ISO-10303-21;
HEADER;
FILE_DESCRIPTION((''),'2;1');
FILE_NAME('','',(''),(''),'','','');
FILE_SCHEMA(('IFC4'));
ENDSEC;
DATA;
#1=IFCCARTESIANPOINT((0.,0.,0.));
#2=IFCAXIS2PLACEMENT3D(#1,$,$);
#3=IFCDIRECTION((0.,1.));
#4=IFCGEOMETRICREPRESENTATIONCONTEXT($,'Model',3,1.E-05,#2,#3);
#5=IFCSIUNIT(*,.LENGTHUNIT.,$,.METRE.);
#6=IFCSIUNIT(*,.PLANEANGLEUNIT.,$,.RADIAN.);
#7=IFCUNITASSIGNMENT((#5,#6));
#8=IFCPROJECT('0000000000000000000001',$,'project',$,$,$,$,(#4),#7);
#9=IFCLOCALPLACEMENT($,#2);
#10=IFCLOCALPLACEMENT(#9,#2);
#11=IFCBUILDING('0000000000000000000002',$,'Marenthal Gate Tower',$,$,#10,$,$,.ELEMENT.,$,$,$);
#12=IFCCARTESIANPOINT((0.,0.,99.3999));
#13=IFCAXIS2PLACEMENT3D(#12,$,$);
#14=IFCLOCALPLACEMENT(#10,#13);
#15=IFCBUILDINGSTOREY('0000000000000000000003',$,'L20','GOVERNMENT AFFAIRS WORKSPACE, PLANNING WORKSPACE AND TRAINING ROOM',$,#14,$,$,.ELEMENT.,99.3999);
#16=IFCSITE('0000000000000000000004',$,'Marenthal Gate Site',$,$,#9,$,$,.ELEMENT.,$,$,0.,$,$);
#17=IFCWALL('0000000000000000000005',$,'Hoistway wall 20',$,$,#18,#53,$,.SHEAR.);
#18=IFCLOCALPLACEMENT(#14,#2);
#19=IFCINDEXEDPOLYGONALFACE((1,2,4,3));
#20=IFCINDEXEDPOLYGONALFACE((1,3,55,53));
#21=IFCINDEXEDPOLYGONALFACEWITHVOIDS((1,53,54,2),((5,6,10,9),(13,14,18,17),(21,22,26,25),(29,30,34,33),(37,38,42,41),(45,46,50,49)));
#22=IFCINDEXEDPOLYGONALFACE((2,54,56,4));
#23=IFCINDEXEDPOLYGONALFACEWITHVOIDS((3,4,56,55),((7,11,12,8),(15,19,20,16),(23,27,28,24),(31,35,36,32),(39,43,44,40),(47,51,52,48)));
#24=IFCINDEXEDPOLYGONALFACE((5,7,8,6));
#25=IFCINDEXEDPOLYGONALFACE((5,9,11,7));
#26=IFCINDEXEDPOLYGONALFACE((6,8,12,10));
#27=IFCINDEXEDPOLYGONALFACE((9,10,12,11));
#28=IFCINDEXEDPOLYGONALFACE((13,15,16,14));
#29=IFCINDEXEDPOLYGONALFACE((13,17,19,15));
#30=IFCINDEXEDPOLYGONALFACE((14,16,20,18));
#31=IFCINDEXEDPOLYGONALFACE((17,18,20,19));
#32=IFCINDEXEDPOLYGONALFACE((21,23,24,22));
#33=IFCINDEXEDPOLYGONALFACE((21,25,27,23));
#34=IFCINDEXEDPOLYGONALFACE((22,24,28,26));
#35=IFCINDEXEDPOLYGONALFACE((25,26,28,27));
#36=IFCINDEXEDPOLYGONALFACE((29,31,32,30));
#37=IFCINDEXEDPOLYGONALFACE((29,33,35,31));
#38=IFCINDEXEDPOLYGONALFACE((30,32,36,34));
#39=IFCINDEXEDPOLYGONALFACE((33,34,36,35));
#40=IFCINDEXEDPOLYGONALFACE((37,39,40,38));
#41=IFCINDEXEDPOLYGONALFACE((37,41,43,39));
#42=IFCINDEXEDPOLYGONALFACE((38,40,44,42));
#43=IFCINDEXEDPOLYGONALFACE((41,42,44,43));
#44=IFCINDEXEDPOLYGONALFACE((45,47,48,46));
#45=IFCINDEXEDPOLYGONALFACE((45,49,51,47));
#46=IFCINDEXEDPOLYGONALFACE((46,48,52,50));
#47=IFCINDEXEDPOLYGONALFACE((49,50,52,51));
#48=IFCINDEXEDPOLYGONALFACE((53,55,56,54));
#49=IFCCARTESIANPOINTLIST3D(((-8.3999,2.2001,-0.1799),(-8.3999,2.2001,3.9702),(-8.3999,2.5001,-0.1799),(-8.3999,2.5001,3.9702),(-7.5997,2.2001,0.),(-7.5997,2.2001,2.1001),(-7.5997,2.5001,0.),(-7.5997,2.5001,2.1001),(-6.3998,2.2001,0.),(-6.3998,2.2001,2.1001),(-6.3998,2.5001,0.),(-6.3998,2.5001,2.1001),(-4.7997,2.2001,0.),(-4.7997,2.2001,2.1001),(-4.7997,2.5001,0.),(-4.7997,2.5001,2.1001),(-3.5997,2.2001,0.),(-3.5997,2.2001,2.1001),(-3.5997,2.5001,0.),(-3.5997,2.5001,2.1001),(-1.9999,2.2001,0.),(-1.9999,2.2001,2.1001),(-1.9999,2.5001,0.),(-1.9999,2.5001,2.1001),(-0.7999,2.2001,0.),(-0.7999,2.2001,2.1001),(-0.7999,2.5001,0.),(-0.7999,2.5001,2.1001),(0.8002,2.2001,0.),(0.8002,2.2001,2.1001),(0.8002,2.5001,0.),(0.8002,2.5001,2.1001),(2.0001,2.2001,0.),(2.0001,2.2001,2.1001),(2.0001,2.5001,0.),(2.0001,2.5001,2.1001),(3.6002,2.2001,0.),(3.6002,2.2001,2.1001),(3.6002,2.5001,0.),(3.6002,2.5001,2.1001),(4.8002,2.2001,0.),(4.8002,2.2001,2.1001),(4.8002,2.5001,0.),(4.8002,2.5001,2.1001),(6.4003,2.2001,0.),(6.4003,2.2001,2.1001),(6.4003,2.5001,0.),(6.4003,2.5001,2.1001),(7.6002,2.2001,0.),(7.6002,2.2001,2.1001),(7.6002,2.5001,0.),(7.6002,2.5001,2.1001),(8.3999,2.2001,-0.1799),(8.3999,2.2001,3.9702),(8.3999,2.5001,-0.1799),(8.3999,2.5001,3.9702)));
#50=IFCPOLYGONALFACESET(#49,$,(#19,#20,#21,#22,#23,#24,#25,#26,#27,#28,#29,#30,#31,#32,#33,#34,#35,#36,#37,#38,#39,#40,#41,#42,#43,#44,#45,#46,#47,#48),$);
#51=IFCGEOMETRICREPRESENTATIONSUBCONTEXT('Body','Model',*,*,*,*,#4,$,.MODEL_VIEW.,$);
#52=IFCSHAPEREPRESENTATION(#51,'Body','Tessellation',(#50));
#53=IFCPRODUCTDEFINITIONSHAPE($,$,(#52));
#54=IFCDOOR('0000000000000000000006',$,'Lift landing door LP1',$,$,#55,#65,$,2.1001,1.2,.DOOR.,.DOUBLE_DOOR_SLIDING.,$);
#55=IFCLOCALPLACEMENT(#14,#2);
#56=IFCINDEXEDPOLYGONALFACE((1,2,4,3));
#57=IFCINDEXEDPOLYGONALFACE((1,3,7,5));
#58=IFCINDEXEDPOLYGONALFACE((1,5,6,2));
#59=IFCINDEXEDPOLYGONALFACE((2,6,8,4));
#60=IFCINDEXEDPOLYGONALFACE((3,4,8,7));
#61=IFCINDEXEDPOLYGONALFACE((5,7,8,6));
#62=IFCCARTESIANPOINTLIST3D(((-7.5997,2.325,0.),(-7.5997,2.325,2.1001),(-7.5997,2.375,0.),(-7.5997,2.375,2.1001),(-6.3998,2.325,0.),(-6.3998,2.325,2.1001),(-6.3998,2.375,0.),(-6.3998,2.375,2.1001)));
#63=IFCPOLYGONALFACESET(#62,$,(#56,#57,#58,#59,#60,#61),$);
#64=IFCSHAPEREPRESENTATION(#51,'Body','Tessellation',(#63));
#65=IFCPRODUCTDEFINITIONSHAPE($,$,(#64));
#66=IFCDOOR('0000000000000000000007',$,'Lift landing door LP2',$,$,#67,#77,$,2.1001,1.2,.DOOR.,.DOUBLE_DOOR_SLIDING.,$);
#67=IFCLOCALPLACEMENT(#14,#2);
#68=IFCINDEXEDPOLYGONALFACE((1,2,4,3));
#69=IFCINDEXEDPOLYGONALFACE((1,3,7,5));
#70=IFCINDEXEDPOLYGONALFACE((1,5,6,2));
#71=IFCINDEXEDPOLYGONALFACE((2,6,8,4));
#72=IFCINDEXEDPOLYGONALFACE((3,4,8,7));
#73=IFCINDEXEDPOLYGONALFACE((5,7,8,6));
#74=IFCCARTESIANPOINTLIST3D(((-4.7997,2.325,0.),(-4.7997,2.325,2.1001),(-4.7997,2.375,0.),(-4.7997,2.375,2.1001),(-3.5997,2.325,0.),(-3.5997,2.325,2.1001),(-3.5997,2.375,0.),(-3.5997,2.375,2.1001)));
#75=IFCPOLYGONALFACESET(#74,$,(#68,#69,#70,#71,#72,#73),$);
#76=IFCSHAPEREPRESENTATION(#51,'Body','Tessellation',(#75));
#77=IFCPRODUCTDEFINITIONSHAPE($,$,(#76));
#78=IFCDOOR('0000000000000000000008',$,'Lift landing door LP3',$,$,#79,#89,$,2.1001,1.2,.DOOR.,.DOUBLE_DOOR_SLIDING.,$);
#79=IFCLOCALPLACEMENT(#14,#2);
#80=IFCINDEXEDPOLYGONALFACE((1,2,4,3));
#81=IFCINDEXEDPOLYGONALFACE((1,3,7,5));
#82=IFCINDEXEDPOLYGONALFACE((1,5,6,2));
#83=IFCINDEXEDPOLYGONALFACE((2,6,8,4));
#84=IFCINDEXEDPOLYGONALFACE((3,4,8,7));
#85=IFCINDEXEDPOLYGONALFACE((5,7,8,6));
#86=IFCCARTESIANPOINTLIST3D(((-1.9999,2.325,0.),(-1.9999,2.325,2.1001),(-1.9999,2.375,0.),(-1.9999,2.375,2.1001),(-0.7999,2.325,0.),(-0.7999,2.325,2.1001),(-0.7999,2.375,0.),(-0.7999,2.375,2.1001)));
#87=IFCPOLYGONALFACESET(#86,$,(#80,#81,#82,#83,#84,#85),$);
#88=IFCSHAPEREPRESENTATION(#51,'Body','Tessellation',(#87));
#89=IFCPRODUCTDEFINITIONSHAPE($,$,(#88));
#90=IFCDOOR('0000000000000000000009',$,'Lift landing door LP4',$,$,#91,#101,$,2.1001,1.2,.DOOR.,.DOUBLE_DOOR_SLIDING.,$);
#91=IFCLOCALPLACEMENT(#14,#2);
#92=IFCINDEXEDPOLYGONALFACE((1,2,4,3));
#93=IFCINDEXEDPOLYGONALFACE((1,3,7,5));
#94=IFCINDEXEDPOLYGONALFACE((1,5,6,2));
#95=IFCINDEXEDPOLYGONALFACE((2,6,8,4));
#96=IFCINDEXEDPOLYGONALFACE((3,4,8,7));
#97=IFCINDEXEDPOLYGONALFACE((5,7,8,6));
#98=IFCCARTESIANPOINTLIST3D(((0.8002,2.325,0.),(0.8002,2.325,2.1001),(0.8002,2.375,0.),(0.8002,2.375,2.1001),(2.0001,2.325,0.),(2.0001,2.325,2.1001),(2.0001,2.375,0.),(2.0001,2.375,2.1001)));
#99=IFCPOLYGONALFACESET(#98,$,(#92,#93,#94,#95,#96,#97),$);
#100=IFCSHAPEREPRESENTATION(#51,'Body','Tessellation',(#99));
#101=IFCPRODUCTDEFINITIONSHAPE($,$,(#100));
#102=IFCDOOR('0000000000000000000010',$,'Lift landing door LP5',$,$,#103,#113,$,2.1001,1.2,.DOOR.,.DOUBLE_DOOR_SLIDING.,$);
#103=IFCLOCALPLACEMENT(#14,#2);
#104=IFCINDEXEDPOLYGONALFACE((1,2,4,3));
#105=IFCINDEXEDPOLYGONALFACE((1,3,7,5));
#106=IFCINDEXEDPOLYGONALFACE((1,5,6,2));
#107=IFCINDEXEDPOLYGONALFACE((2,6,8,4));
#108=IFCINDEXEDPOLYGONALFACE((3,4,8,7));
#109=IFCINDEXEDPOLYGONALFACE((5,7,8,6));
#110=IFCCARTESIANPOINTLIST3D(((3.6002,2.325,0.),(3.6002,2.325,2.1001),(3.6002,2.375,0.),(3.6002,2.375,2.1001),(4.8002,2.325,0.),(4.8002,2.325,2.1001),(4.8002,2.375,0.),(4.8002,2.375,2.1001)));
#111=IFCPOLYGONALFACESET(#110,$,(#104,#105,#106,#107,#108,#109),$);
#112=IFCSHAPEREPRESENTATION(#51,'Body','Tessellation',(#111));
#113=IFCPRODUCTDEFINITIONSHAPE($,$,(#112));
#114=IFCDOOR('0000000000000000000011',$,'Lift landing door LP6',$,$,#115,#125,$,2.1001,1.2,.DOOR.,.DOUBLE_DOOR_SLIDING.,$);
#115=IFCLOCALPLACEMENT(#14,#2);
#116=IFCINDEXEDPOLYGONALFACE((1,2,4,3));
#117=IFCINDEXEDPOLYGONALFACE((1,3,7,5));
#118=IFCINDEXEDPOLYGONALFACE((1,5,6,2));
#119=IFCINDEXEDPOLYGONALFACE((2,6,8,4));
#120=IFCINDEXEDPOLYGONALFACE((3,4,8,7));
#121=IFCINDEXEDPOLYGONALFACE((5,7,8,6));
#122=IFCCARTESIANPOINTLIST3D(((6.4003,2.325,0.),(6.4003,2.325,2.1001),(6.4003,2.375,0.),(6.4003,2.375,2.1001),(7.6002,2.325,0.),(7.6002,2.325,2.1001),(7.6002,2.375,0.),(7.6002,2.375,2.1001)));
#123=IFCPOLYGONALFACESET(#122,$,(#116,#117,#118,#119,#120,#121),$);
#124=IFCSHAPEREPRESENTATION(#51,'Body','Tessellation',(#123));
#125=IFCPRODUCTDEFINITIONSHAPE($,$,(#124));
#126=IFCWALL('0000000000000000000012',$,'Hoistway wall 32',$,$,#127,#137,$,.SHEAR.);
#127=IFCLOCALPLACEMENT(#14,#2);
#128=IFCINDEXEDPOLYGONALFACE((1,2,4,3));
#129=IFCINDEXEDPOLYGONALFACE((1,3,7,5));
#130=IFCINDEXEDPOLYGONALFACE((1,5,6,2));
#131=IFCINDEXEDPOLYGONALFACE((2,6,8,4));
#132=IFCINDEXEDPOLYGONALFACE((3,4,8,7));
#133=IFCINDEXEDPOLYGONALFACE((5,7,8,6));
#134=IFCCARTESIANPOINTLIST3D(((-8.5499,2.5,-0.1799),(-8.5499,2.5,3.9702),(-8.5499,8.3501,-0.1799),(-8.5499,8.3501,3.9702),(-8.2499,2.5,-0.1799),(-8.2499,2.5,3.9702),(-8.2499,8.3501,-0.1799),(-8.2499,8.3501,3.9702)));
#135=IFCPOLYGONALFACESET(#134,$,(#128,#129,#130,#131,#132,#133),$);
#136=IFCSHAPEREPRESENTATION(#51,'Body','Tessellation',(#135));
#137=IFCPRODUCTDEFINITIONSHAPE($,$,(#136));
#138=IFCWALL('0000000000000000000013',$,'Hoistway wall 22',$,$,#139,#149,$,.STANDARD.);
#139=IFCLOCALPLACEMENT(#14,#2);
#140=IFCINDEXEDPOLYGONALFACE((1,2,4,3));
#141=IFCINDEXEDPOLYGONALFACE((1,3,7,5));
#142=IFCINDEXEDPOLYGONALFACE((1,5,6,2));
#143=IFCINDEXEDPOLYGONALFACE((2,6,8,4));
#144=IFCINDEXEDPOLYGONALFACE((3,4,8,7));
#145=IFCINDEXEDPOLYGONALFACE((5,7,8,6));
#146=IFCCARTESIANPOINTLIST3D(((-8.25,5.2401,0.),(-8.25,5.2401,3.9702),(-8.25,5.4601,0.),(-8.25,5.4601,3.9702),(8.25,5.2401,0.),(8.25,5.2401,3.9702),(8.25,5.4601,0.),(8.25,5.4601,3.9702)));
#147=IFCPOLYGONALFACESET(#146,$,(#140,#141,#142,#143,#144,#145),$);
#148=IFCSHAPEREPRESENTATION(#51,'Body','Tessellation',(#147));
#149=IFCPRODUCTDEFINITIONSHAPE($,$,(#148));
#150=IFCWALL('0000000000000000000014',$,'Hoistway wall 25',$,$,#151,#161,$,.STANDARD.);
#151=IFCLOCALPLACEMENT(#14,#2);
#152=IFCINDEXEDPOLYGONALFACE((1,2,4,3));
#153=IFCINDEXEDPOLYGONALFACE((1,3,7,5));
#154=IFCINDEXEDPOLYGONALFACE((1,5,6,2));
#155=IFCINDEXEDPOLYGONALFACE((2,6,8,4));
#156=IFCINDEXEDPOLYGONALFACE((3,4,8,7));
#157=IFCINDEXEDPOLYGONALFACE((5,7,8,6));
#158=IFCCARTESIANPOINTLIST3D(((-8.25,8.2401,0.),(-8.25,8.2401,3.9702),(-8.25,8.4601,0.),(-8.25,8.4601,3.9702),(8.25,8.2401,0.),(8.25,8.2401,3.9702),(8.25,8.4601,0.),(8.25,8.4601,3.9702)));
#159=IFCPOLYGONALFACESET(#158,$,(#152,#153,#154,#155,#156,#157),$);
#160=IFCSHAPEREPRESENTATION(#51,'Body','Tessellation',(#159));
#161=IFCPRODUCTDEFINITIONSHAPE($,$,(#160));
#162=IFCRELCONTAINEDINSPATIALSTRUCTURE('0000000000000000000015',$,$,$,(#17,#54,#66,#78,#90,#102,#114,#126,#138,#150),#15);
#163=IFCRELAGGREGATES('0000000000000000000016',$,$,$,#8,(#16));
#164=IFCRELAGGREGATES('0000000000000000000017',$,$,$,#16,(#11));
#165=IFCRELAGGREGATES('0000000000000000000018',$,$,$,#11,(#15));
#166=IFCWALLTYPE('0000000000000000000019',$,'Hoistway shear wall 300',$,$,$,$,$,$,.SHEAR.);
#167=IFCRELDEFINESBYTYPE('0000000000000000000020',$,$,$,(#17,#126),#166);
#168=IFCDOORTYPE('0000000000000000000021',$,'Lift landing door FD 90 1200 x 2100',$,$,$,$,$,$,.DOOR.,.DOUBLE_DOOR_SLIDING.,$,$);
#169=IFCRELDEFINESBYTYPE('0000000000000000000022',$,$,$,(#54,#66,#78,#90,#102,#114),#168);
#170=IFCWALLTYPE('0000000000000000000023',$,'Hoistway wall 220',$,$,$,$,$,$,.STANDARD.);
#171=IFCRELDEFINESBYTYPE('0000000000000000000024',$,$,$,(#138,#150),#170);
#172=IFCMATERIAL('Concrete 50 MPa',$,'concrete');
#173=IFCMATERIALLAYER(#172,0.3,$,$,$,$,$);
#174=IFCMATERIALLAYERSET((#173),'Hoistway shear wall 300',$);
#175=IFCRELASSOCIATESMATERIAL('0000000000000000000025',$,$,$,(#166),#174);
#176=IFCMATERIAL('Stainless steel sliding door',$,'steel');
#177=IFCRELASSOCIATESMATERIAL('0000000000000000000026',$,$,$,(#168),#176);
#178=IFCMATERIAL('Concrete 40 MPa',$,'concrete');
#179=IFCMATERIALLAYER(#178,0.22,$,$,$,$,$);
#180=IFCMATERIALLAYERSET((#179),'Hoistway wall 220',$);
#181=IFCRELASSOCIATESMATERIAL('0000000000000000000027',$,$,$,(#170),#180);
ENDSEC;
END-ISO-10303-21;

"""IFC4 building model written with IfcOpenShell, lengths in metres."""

from ifc_helpers import new_model, si_unit, direction, frame, frame_2d, origin, place, context, subcontext, project, spatial, rectangle, extrude, material, layer, layer_set, type_object, element, fill, save


model = new_model("IFC4")

# Units and contexts
model_context = context("Model", 3, precision=1e-05, world=origin(), true_north=direction((0.0, 1.0)))
body_context = subcontext(model_context, "Body", "Model", "MODEL_VIEW")
ifc_project = project(units=[si_unit("LENGTHUNIT", "METRE"), si_unit("PLANEANGLEUNIT", "RADIAN")], contexts=[model_context])

# Site, building, storey
site_placement = place(None, origin())
site = spatial("IfcSite", under=ifc_project, at=site_placement, Name="Marenthal Gate Site", CompositionType="ELEMENT", RefElevation=0.0)
building_placement = place(site_placement, origin())
building = spatial("IfcBuilding", under=site, at=building_placement, Name="Marenthal Gate Tower", CompositionType="ELEMENT")
storey_placement = place(building_placement, frame((0.0, 0.0, 99.3999)))
storey = spatial("IfcBuildingStorey", under=building, at=storey_placement, Name="L20", Description="GOVERNMENT AFFAIRS WORKSPACE, PLANNING WORKSPACE AND TRAINING ROOM", CompositionType="ELEMENT", Elevation=99.3999)

# Wall, openings, doors
ifc_material_1 = material(Name="Concrete 50 MPa", Category="concrete")
ifc_layer_1 = layer(ifc_material_1, 0.3)
ifc_layer_set_1 = layer_set([ifc_layer_1], Name="Hoistway shear wall 300")
wall_type_1 = type_object("IfcWallType", Name="Hoistway shear wall 300", PredefinedType="SHEAR", material=ifc_layer_set_1)
wall_1_placement = place(storey_placement, frame((-8.3999, 2.3501, -0.1799), z_axis=(0.0, 0.0, 1.0), x_axis=(1.0, 0.0, 0.0)))
wall_1 = element("IfcWall", 1, at=wall_1_placement, inside=storey, type_object=wall_type_1, Name="Hoistway wall 20", PredefinedType="SHEAR", context=body_context, shape_type="SweptSolid", body=[
    extrude(rectangle(XDim=16.7998, YDim=0.3, at=frame_2d((8.3999, 0.0))), origin(), (0.0, 0.0, 1.0), 4.1501),
])
opening_1_placement = place(wall_1_placement, frame((0.8, 0.0, 0.1799)))
opening_1 = element("IfcOpeningElement", 2, at=opening_1_placement, cuts=wall_1, PredefinedType="OPENING", context=body_context, shape_type="SweptSolid", body=[
    extrude(rectangle(XDim=1.2, YDim=2.1001, at=frame_2d((0.6001, 1.05))), frame((0.0, 0.1602, 0.0), z_axis=(0.0, -1.0, 0.0), x_axis=(1.0, 0.0, 0.0)), (0.0, 0.0, 1.0), 0.3201),
])
opening_2_placement = place(wall_1_placement, frame((3.6001, 0.0, 0.1799)))
opening_2 = element("IfcOpeningElement", 3, at=opening_2_placement, cuts=wall_1, PredefinedType="OPENING", context=body_context, shape_type="SweptSolid", body=[
    extrude(rectangle(XDim=1.2, YDim=2.1001, at=frame_2d((0.6001, 1.05))), frame((0.0, 0.1602, 0.0), z_axis=(0.0, -1.0, 0.0), x_axis=(1.0, 0.0, 0.0)), (0.0, 0.0, 1.0), 0.3201),
])
opening_3_placement = place(wall_1_placement, frame((6.3999, 0.0, 0.1799)))
opening_3 = element("IfcOpeningElement", 4, at=opening_3_placement, cuts=wall_1, PredefinedType="OPENING", context=body_context, shape_type="SweptSolid", body=[
    extrude(rectangle(XDim=1.2, YDim=2.1001, at=frame_2d((0.6001, 1.05))), frame((0.0, 0.1602, 0.0), z_axis=(0.0, -1.0, 0.0), x_axis=(1.0, 0.0, 0.0)), (0.0, 0.0, 1.0), 0.3201),
])
opening_4_placement = place(wall_1_placement, frame((9.2, 0.0, 0.1799)))
opening_4 = element("IfcOpeningElement", 5, at=opening_4_placement, cuts=wall_1, PredefinedType="OPENING", context=body_context, shape_type="SweptSolid", body=[
    extrude(rectangle(XDim=1.2, YDim=2.1001, at=frame_2d((0.6001, 1.05))), frame((0.0, 0.1602, 0.0), z_axis=(0.0, -1.0, 0.0), x_axis=(1.0, 0.0, 0.0)), (0.0, 0.0, 1.0), 0.3201),
])
opening_5_placement = place(wall_1_placement, frame((12.0, 0.0, 0.1799)))
opening_5 = element("IfcOpeningElement", 6, at=opening_5_placement, cuts=wall_1, PredefinedType="OPENING", context=body_context, shape_type="SweptSolid", body=[
    extrude(rectangle(XDim=1.2, YDim=2.1001, at=frame_2d((0.6001, 1.05))), frame((0.0, 0.1602, 0.0), z_axis=(0.0, -1.0, 0.0), x_axis=(1.0, 0.0, 0.0)), (0.0, 0.0, 1.0), 0.3201),
])
opening_6_placement = place(wall_1_placement, frame((14.8, 0.0, 0.1799)))
opening_6 = element("IfcOpeningElement", 7, at=opening_6_placement, cuts=wall_1, PredefinedType="OPENING", context=body_context, shape_type="SweptSolid", body=[
    extrude(rectangle(XDim=1.2, YDim=2.1001, at=frame_2d((0.6001, 1.05))), frame((0.0, 0.1602, 0.0), z_axis=(0.0, -1.0, 0.0), x_axis=(1.0, 0.0, 0.0)), (0.0, 0.0, 1.0), 0.3201),
])
ifc_material_2 = material(Name="Stainless steel sliding door", Category="steel")
door_type_1 = type_object("IfcDoorType", Name="Lift landing door FD 90 1200 x 2100", OperationType="DOUBLE_DOOR_SLIDING", PredefinedType="DOOR", material=ifc_material_2)
door_1_placement = place(opening_1_placement, origin())
door_1 = element("IfcDoor", 8, at=door_1_placement, inside=storey, type_object=door_type_1, Name="Lift landing door LP1", OperationType="DOUBLE_DOOR_SLIDING", OverallHeight=2.1001, OverallWidth=1.2, PredefinedType="DOOR", context=body_context, shape_type="SweptSolid", body=[
    extrude(rectangle(XDim=1.2, YDim=2.1001, at=frame_2d((0.6001, 1.05))), frame((0.0, 0.0249, 0.0), z_axis=(0.0, -1.0, 0.0), x_axis=(1.0, 0.0, 0.0)), (0.0, 0.0, 1.0), 0.05),
])
fill(opening_1, door_1)
door_2_placement = place(opening_2_placement, origin())
door_2 = element("IfcDoor", 9, at=door_2_placement, inside=storey, type_object=door_type_1, Name="Lift landing door LP2", OperationType="DOUBLE_DOOR_SLIDING", OverallHeight=2.1001, OverallWidth=1.2, PredefinedType="DOOR", context=body_context, shape_type="SweptSolid", body=[
    extrude(rectangle(XDim=1.2, YDim=2.1001, at=frame_2d((0.6001, 1.05))), frame((0.0, 0.0249, 0.0), z_axis=(0.0, -1.0, 0.0), x_axis=(1.0, 0.0, 0.0)), (0.0, 0.0, 1.0), 0.05),
])
fill(opening_2, door_2)
door_3_placement = place(opening_3_placement, origin())
door_3 = element("IfcDoor", 10, at=door_3_placement, inside=storey, type_object=door_type_1, Name="Lift landing door LP3", OperationType="DOUBLE_DOOR_SLIDING", OverallHeight=2.1001, OverallWidth=1.2, PredefinedType="DOOR", context=body_context, shape_type="SweptSolid", body=[
    extrude(rectangle(XDim=1.2, YDim=2.1001, at=frame_2d((0.6001, 1.05))), frame((0.0, 0.0249, 0.0), z_axis=(0.0, -1.0, 0.0), x_axis=(1.0, 0.0, 0.0)), (0.0, 0.0, 1.0), 0.05),
])
fill(opening_3, door_3)
door_4_placement = place(opening_4_placement, origin())
door_4 = element("IfcDoor", 11, at=door_4_placement, inside=storey, type_object=door_type_1, Name="Lift landing door LP4", OperationType="DOUBLE_DOOR_SLIDING", OverallHeight=2.1001, OverallWidth=1.2, PredefinedType="DOOR", context=body_context, shape_type="SweptSolid", body=[
    extrude(rectangle(XDim=1.2, YDim=2.1001, at=frame_2d((0.6001, 1.05))), frame((0.0, 0.0249, 0.0), z_axis=(0.0, -1.0, 0.0), x_axis=(1.0, 0.0, 0.0)), (0.0, 0.0, 1.0), 0.05),
])
fill(opening_4, door_4)
door_5_placement = place(opening_5_placement, origin())
door_5 = element("IfcDoor", 12, at=door_5_placement, inside=storey, type_object=door_type_1, Name="Lift landing door LP5", OperationType="DOUBLE_DOOR_SLIDING", OverallHeight=2.1001, OverallWidth=1.2, PredefinedType="DOOR", context=body_context, shape_type="SweptSolid", body=[
    extrude(rectangle(XDim=1.2, YDim=2.1001, at=frame_2d((0.6001, 1.05))), frame((0.0, 0.0249, 0.0), z_axis=(0.0, -1.0, 0.0), x_axis=(1.0, 0.0, 0.0)), (0.0, 0.0, 1.0), 0.05),
])
fill(opening_5, door_5)
door_6_placement = place(opening_6_placement, origin())
door_6 = element("IfcDoor", 13, at=door_6_placement, inside=storey, type_object=door_type_1, Name="Lift landing door LP6", OperationType="DOUBLE_DOOR_SLIDING", OverallHeight=2.1001, OverallWidth=1.2, PredefinedType="DOOR", context=body_context, shape_type="SweptSolid", body=[
    extrude(rectangle(XDim=1.2, YDim=2.1001, at=frame_2d((0.6001, 1.05))), frame((0.0, 0.0249, 0.0), z_axis=(0.0, -1.0, 0.0), x_axis=(1.0, 0.0, 0.0)), (0.0, 0.0, 1.0), 0.05),
])
fill(opening_6, door_6)

# Walls
wall_2_placement = place(storey_placement, frame((-8.3999, 2.5, -0.1799), z_axis=(0.0, 0.0, 1.0), x_axis=(0.0, 1.0, 0.0)))
element("IfcWall", 14, at=wall_2_placement, inside=storey, type_object=wall_type_1, Name="Hoistway wall 32", PredefinedType="SHEAR", context=body_context, shape_type="SweptSolid", body=[
    extrude(rectangle(XDim=5.8501, YDim=0.3, at=frame_2d((2.925, 0.0))), origin(), (0.0, 0.0, 1.0), 4.1501),
])
ifc_material_3 = material(Name="Concrete 40 MPa", Category="concrete")
ifc_layer_2 = layer(ifc_material_3, 0.22)
ifc_layer_set_2 = layer_set([ifc_layer_2], Name="Hoistway wall 220")
wall_type_2 = type_object("IfcWallType", Name="Hoistway wall 220", PredefinedType="STANDARD", material=ifc_layer_set_2)
for number, where, z_axis, x_axis, name in (
    (15, (-8.25, 5.3501, 0.0), (0.0, 0.0, 1.0), (1.0, 0.0, 0.0), "Hoistway wall 22"),
    (16, (-8.25, 8.3501, 0.0), (0.0, 0.0, 1.0), (1.0, 0.0, 0.0), "Hoistway wall 25"),
):
    element("IfcWall", number, at=place(storey_placement, frame(where, z_axis=z_axis, x_axis=x_axis)), inside=storey, type_object=wall_type_2, Name=name, PredefinedType="STANDARD", context=body_context, shape_type="SweptSolid", body=[
        extrude(rectangle(XDim=16.5, YDim=0.22, at=frame_2d((8.25, 0.0))), origin(), (0.0, 0.0, 1.0), 3.9702),
    ])

save(model, "model.ifc")
